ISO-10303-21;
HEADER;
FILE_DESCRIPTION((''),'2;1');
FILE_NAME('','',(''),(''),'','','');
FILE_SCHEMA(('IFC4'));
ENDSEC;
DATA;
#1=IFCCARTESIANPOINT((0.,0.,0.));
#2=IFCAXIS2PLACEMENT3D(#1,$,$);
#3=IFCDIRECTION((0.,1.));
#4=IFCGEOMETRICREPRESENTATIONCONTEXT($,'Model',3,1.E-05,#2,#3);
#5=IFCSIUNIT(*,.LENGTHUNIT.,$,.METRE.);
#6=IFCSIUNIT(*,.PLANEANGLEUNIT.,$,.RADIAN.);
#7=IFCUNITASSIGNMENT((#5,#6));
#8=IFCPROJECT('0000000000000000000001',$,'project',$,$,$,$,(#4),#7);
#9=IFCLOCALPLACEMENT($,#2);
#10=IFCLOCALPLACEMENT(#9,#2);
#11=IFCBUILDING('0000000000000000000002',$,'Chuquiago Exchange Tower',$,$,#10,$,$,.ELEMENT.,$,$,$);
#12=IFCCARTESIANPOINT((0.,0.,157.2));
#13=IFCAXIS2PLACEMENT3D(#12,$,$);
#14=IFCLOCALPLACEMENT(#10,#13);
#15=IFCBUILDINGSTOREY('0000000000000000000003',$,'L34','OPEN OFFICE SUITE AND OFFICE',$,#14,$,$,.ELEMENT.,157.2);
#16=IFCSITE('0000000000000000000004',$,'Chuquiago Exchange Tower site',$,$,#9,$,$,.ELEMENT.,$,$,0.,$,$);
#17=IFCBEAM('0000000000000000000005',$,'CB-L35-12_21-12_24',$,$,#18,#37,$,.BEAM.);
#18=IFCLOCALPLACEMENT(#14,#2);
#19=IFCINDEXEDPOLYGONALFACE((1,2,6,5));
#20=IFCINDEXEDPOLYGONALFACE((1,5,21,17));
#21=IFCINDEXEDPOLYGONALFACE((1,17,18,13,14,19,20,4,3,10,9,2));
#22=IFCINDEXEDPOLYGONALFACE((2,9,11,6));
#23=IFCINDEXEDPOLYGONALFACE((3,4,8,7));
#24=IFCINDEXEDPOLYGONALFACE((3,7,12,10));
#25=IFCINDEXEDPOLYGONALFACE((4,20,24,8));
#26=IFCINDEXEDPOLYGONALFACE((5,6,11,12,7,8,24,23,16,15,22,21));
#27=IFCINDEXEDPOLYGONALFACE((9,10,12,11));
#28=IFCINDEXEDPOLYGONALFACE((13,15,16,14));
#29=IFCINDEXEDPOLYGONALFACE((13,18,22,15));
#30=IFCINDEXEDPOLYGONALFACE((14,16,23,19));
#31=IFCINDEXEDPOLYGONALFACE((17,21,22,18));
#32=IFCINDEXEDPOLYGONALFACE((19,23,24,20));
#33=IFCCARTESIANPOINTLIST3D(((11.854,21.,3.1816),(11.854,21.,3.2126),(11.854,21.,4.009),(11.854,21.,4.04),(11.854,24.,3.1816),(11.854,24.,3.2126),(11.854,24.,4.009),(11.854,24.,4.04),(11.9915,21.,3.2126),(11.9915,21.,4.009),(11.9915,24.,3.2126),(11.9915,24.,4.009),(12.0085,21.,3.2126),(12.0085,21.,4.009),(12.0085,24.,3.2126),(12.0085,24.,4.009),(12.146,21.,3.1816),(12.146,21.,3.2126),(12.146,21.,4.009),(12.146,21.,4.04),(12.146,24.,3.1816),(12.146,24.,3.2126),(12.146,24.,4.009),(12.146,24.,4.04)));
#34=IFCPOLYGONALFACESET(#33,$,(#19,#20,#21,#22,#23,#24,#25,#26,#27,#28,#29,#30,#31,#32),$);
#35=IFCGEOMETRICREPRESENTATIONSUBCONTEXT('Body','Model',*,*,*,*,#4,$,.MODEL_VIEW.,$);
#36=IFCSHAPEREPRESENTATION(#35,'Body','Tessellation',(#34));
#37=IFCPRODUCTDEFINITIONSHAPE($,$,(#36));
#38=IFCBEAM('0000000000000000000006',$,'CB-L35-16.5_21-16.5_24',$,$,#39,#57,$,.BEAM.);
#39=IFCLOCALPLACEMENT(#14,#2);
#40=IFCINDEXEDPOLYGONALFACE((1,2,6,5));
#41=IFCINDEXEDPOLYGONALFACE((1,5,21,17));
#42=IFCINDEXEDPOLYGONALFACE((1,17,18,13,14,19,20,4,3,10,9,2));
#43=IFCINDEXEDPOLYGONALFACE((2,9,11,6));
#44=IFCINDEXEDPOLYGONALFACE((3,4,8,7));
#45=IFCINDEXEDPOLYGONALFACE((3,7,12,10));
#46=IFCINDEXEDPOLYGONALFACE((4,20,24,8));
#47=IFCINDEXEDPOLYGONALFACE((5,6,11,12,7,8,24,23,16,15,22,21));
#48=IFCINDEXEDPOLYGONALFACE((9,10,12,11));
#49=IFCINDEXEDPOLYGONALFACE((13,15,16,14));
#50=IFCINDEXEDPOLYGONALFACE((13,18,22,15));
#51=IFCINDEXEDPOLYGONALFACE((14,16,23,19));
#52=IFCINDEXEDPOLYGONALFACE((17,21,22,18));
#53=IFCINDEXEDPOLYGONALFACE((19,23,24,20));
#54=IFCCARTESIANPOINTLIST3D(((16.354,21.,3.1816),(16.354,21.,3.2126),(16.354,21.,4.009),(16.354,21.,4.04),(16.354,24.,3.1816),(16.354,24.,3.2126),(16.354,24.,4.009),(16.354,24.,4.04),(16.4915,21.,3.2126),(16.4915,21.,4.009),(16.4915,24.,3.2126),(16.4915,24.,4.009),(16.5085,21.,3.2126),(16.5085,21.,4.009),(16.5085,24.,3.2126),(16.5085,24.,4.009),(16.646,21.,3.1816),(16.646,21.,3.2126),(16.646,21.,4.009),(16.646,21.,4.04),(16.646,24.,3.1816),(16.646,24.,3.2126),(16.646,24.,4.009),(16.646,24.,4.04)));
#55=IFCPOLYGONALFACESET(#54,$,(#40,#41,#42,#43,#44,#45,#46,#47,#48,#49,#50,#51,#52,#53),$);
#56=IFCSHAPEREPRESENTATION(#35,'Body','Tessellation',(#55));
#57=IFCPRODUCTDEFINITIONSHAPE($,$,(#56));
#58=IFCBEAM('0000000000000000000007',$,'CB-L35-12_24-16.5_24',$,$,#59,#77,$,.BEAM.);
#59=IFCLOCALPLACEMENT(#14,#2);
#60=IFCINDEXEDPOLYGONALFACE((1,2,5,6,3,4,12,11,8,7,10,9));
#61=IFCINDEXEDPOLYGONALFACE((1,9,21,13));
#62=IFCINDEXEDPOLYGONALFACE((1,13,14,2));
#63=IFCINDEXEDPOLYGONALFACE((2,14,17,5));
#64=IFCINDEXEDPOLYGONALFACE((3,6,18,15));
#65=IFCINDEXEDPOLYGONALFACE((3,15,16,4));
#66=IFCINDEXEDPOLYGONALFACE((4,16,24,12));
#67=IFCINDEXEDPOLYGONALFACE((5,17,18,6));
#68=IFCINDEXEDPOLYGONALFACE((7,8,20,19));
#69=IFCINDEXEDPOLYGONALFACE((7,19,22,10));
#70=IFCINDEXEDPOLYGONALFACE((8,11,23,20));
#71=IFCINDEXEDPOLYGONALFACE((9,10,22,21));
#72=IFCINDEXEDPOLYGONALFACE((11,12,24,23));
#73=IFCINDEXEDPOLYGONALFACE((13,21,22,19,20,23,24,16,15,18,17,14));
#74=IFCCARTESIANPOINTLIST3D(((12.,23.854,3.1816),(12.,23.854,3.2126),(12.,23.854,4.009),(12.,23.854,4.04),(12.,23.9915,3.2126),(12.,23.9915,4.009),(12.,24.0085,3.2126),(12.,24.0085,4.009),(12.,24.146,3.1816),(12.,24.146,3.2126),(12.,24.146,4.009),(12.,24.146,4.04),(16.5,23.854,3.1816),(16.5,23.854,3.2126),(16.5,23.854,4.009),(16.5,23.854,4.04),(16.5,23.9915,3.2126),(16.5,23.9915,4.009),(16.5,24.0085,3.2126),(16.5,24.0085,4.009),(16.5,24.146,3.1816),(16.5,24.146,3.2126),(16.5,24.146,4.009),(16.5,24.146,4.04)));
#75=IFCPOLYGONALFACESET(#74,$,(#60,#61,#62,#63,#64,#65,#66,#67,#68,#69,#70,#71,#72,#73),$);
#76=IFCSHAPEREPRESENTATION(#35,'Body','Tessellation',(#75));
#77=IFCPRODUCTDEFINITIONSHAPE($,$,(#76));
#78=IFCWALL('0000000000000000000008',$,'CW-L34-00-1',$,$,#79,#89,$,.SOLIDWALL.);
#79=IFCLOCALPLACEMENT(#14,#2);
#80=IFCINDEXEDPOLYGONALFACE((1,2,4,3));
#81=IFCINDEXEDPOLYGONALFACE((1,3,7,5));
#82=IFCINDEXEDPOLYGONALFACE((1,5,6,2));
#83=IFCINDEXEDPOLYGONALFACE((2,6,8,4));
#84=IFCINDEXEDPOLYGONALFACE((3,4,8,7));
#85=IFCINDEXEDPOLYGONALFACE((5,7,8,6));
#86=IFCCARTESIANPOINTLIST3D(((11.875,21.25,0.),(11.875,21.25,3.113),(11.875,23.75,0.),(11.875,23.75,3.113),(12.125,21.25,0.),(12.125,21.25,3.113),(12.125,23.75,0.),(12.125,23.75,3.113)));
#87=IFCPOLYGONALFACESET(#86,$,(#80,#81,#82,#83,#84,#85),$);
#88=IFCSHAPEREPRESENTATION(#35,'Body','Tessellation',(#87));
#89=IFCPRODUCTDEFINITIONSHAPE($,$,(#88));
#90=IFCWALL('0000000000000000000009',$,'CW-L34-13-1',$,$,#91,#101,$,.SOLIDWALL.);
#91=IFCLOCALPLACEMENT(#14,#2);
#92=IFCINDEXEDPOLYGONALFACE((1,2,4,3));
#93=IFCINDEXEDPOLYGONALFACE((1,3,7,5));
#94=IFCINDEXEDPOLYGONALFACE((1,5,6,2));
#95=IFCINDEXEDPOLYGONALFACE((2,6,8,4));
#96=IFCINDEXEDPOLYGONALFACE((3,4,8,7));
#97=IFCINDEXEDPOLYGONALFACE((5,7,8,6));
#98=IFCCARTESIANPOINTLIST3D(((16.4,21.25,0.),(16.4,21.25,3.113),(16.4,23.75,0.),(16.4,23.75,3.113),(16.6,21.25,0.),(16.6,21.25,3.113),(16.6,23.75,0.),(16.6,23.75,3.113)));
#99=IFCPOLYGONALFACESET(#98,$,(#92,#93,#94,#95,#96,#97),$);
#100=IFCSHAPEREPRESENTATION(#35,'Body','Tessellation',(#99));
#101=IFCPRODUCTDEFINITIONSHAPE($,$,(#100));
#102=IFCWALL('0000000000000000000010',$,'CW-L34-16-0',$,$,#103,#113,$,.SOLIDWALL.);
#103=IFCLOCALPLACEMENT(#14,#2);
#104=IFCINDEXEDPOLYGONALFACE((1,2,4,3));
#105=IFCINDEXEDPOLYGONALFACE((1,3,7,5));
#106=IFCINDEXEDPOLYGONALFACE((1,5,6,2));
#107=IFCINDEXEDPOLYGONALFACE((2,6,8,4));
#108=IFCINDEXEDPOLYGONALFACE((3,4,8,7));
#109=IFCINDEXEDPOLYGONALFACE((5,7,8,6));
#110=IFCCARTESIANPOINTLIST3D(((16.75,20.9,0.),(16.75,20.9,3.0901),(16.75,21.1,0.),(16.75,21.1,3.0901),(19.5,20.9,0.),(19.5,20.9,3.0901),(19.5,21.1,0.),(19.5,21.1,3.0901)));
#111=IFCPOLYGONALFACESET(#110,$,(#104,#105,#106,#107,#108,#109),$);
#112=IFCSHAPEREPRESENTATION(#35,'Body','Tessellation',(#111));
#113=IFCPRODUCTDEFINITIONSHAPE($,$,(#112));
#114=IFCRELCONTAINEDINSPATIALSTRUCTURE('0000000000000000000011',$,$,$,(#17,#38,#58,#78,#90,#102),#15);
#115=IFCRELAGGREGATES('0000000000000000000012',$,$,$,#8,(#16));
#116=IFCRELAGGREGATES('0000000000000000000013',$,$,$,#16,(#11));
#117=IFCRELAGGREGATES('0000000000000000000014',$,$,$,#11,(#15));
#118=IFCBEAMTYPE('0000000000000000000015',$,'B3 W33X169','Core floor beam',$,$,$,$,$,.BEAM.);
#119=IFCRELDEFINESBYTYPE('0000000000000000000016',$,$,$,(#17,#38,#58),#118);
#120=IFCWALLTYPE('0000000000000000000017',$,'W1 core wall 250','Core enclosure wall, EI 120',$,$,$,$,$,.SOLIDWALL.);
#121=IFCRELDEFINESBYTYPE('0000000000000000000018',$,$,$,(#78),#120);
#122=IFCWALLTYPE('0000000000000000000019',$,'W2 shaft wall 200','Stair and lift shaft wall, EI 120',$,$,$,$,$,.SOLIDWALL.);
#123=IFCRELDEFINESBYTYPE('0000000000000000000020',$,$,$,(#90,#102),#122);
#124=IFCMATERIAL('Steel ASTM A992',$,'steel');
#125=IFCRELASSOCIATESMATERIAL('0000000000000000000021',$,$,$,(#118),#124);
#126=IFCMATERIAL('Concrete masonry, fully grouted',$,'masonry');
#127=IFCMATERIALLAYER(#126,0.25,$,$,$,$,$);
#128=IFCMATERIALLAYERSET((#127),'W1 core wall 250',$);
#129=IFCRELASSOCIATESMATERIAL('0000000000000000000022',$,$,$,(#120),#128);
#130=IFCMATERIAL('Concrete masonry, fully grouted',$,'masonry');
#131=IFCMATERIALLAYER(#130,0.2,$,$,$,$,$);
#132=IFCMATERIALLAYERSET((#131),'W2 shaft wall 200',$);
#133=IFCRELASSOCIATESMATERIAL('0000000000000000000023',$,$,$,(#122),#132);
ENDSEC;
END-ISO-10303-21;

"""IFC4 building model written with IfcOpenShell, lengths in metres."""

from ifc_helpers import new_model, si_unit, direction, frame, frame_2d, origin, origin_2d, place, context, subcontext, project, spatial, rectangle, i_section, extrude, material, layer, layer_set, material_profile, profile_set, type_object, element, save


model = new_model("IFC4")

# Units and contexts
model_context = context("Model", 3, precision=1e-05, world=origin(), true_north=direction((0.0, 1.0)))
body_context = subcontext(model_context, "Body", "Model", "MODEL_VIEW")
ifc_project = project(units=[si_unit("LENGTHUNIT", "METRE"), si_unit("PLANEANGLEUNIT", "RADIAN")], contexts=[model_context])

# Site, building, storey
site_placement = place(None, origin())
site = spatial("IfcSite", under=ifc_project, at=site_placement, Name="Chuquiago Exchange Tower site", CompositionType="ELEMENT", RefElevation=0.0)
building_placement = place(site_placement, origin())
building = spatial("IfcBuilding", under=site, at=building_placement, Name="Chuquiago Exchange Tower", CompositionType="ELEMENT")
storey_placement = place(building_placement, frame((0.0, 0.0, 157.2)))
storey = spatial("IfcBuildingStorey", under=building, at=storey_placement, Name="L34", Description="OPEN OFFICE SUITE AND OFFICE", CompositionType="ELEMENT", Elevation=157.2)

# Beams
ifc_material_1 = material(Name="Steel ASTM A992", Category="steel")
ifc_material_profile_1 = material_profile(ifc_material_1, i_section(OverallWidth=0.292, OverallDepth=0.8584, WebThickness=0.0171, FlangeThickness=0.031, at=origin_2d()), Name="W33X169")
ifc_profile_set_1 = profile_set([ifc_material_profile_1], Name="Steel ASTM A992")
beam_type_1 = type_object("IfcBeamType", Name="B3 W33X169", Description="Core floor beam", PredefinedType="BEAM", material=ifc_profile_set_1)
for number, where, z_axis, x_axis, name in (
    (1, (12.0, 21.0, 3.6108), (0.0, 1.0, 0.0), (-1.0, 0.0, 0.0), "CB-L35-12_21-12_24"),
    (2, (16.5, 21.0, 3.6108), (0.0, 1.0, 0.0), (-1.0, 0.0, 0.0), "CB-L35-16.5_21-16.5_24"),
):
    element("IfcBeam", number, at=place(storey_placement, frame(where, z_axis=z_axis, x_axis=x_axis)), inside=storey, type_object=beam_type_1, Name=name, PredefinedType="BEAM", context=body_context, shape_type="SweptSolid", body=[
        extrude(i_section(OverallWidth=0.292, OverallDepth=0.8584, WebThickness=0.0171, FlangeThickness=0.031, at=origin_2d()), origin(), (0.0, 0.0, 1.0), 3.0),
    ])
beam_1_placement = place(storey_placement, frame((12.0, 24.0, 3.6108), z_axis=(1.0, 0.0, 0.0), x_axis=(0.0, 1.0, 0.0)))
element("IfcBeam", 3, at=beam_1_placement, inside=storey, type_object=beam_type_1, Name="CB-L35-12_24-16.5_24", PredefinedType="BEAM", context=body_context, shape_type="SweptSolid", body=[
    extrude(i_section(OverallWidth=0.292, OverallDepth=0.8584, WebThickness=0.0171, FlangeThickness=0.031, at=origin_2d()), origin(), (0.0, 0.0, 1.0), 4.5),
])

# Walls
ifc_material_2 = material(Name="Concrete masonry, fully grouted", Category="masonry")
ifc_layer_1 = layer(ifc_material_2, 0.25)
ifc_layer_set_1 = layer_set([ifc_layer_1], Name="W1 core wall 250")
wall_type_1 = type_object("IfcWallType", Name="W1 core wall 250", Description="Core enclosure wall, EI 120", PredefinedType="SOLIDWALL", material=ifc_layer_set_1)
wall_1_placement = place(storey_placement, frame((12.0, 21.25, 0.0), z_axis=(0.0, 0.0, 1.0), x_axis=(0.0, 1.0, 0.0)))
element("IfcWall", 4, at=wall_1_placement, inside=storey, type_object=wall_type_1, Name="CW-L34-00-1", PredefinedType="SOLIDWALL", context=body_context, shape_type="SweptSolid", body=[
    extrude(rectangle(XDim=2.5, YDim=0.25, at=frame_2d((1.25, 0.0))), origin(), (0.0, 0.0, 1.0), 3.113),
])
ifc_material_3 = material(Name="Concrete masonry, fully grouted", Category="masonry")
ifc_layer_2 = layer(ifc_material_3, 0.2)
ifc_layer_set_2 = layer_set([ifc_layer_2], Name="W2 shaft wall 200")
wall_type_2 = type_object("IfcWallType", Name="W2 shaft wall 200", Description="Stair and lift shaft wall, EI 120", PredefinedType="SOLIDWALL", material=ifc_layer_set_2)
wall_2_placement = place(storey_placement, frame((16.5, 21.25, 0.0), z_axis=(0.0, 0.0, 1.0), x_axis=(0.0, 1.0, 0.0)))
element("IfcWall", 5, at=wall_2_placement, inside=storey, type_object=wall_type_2, Name="CW-L34-13-1", PredefinedType="SOLIDWALL", context=body_context, shape_type="SweptSolid", body=[
    extrude(rectangle(XDim=2.5, YDim=0.2, at=frame_2d((1.25, 0.0))), origin(), (0.0, 0.0, 1.0), 3.113),
])
wall_3_placement = place(storey_placement, frame((16.75, 21.0, 0.0), z_axis=(0.0, 0.0, 1.0), x_axis=(1.0, 0.0, 0.0)))
element("IfcWall", 6, at=wall_3_placement, inside=storey, type_object=wall_type_2, Name="CW-L34-16-0", PredefinedType="SOLIDWALL", context=body_context, shape_type="SweptSolid", body=[
    extrude(rectangle(XDim=2.75, YDim=0.2, at=frame_2d((1.375, 0.0))), origin(), (0.0, 0.0, 1.0), 3.0901),
])

save(model, "model.ifc")
